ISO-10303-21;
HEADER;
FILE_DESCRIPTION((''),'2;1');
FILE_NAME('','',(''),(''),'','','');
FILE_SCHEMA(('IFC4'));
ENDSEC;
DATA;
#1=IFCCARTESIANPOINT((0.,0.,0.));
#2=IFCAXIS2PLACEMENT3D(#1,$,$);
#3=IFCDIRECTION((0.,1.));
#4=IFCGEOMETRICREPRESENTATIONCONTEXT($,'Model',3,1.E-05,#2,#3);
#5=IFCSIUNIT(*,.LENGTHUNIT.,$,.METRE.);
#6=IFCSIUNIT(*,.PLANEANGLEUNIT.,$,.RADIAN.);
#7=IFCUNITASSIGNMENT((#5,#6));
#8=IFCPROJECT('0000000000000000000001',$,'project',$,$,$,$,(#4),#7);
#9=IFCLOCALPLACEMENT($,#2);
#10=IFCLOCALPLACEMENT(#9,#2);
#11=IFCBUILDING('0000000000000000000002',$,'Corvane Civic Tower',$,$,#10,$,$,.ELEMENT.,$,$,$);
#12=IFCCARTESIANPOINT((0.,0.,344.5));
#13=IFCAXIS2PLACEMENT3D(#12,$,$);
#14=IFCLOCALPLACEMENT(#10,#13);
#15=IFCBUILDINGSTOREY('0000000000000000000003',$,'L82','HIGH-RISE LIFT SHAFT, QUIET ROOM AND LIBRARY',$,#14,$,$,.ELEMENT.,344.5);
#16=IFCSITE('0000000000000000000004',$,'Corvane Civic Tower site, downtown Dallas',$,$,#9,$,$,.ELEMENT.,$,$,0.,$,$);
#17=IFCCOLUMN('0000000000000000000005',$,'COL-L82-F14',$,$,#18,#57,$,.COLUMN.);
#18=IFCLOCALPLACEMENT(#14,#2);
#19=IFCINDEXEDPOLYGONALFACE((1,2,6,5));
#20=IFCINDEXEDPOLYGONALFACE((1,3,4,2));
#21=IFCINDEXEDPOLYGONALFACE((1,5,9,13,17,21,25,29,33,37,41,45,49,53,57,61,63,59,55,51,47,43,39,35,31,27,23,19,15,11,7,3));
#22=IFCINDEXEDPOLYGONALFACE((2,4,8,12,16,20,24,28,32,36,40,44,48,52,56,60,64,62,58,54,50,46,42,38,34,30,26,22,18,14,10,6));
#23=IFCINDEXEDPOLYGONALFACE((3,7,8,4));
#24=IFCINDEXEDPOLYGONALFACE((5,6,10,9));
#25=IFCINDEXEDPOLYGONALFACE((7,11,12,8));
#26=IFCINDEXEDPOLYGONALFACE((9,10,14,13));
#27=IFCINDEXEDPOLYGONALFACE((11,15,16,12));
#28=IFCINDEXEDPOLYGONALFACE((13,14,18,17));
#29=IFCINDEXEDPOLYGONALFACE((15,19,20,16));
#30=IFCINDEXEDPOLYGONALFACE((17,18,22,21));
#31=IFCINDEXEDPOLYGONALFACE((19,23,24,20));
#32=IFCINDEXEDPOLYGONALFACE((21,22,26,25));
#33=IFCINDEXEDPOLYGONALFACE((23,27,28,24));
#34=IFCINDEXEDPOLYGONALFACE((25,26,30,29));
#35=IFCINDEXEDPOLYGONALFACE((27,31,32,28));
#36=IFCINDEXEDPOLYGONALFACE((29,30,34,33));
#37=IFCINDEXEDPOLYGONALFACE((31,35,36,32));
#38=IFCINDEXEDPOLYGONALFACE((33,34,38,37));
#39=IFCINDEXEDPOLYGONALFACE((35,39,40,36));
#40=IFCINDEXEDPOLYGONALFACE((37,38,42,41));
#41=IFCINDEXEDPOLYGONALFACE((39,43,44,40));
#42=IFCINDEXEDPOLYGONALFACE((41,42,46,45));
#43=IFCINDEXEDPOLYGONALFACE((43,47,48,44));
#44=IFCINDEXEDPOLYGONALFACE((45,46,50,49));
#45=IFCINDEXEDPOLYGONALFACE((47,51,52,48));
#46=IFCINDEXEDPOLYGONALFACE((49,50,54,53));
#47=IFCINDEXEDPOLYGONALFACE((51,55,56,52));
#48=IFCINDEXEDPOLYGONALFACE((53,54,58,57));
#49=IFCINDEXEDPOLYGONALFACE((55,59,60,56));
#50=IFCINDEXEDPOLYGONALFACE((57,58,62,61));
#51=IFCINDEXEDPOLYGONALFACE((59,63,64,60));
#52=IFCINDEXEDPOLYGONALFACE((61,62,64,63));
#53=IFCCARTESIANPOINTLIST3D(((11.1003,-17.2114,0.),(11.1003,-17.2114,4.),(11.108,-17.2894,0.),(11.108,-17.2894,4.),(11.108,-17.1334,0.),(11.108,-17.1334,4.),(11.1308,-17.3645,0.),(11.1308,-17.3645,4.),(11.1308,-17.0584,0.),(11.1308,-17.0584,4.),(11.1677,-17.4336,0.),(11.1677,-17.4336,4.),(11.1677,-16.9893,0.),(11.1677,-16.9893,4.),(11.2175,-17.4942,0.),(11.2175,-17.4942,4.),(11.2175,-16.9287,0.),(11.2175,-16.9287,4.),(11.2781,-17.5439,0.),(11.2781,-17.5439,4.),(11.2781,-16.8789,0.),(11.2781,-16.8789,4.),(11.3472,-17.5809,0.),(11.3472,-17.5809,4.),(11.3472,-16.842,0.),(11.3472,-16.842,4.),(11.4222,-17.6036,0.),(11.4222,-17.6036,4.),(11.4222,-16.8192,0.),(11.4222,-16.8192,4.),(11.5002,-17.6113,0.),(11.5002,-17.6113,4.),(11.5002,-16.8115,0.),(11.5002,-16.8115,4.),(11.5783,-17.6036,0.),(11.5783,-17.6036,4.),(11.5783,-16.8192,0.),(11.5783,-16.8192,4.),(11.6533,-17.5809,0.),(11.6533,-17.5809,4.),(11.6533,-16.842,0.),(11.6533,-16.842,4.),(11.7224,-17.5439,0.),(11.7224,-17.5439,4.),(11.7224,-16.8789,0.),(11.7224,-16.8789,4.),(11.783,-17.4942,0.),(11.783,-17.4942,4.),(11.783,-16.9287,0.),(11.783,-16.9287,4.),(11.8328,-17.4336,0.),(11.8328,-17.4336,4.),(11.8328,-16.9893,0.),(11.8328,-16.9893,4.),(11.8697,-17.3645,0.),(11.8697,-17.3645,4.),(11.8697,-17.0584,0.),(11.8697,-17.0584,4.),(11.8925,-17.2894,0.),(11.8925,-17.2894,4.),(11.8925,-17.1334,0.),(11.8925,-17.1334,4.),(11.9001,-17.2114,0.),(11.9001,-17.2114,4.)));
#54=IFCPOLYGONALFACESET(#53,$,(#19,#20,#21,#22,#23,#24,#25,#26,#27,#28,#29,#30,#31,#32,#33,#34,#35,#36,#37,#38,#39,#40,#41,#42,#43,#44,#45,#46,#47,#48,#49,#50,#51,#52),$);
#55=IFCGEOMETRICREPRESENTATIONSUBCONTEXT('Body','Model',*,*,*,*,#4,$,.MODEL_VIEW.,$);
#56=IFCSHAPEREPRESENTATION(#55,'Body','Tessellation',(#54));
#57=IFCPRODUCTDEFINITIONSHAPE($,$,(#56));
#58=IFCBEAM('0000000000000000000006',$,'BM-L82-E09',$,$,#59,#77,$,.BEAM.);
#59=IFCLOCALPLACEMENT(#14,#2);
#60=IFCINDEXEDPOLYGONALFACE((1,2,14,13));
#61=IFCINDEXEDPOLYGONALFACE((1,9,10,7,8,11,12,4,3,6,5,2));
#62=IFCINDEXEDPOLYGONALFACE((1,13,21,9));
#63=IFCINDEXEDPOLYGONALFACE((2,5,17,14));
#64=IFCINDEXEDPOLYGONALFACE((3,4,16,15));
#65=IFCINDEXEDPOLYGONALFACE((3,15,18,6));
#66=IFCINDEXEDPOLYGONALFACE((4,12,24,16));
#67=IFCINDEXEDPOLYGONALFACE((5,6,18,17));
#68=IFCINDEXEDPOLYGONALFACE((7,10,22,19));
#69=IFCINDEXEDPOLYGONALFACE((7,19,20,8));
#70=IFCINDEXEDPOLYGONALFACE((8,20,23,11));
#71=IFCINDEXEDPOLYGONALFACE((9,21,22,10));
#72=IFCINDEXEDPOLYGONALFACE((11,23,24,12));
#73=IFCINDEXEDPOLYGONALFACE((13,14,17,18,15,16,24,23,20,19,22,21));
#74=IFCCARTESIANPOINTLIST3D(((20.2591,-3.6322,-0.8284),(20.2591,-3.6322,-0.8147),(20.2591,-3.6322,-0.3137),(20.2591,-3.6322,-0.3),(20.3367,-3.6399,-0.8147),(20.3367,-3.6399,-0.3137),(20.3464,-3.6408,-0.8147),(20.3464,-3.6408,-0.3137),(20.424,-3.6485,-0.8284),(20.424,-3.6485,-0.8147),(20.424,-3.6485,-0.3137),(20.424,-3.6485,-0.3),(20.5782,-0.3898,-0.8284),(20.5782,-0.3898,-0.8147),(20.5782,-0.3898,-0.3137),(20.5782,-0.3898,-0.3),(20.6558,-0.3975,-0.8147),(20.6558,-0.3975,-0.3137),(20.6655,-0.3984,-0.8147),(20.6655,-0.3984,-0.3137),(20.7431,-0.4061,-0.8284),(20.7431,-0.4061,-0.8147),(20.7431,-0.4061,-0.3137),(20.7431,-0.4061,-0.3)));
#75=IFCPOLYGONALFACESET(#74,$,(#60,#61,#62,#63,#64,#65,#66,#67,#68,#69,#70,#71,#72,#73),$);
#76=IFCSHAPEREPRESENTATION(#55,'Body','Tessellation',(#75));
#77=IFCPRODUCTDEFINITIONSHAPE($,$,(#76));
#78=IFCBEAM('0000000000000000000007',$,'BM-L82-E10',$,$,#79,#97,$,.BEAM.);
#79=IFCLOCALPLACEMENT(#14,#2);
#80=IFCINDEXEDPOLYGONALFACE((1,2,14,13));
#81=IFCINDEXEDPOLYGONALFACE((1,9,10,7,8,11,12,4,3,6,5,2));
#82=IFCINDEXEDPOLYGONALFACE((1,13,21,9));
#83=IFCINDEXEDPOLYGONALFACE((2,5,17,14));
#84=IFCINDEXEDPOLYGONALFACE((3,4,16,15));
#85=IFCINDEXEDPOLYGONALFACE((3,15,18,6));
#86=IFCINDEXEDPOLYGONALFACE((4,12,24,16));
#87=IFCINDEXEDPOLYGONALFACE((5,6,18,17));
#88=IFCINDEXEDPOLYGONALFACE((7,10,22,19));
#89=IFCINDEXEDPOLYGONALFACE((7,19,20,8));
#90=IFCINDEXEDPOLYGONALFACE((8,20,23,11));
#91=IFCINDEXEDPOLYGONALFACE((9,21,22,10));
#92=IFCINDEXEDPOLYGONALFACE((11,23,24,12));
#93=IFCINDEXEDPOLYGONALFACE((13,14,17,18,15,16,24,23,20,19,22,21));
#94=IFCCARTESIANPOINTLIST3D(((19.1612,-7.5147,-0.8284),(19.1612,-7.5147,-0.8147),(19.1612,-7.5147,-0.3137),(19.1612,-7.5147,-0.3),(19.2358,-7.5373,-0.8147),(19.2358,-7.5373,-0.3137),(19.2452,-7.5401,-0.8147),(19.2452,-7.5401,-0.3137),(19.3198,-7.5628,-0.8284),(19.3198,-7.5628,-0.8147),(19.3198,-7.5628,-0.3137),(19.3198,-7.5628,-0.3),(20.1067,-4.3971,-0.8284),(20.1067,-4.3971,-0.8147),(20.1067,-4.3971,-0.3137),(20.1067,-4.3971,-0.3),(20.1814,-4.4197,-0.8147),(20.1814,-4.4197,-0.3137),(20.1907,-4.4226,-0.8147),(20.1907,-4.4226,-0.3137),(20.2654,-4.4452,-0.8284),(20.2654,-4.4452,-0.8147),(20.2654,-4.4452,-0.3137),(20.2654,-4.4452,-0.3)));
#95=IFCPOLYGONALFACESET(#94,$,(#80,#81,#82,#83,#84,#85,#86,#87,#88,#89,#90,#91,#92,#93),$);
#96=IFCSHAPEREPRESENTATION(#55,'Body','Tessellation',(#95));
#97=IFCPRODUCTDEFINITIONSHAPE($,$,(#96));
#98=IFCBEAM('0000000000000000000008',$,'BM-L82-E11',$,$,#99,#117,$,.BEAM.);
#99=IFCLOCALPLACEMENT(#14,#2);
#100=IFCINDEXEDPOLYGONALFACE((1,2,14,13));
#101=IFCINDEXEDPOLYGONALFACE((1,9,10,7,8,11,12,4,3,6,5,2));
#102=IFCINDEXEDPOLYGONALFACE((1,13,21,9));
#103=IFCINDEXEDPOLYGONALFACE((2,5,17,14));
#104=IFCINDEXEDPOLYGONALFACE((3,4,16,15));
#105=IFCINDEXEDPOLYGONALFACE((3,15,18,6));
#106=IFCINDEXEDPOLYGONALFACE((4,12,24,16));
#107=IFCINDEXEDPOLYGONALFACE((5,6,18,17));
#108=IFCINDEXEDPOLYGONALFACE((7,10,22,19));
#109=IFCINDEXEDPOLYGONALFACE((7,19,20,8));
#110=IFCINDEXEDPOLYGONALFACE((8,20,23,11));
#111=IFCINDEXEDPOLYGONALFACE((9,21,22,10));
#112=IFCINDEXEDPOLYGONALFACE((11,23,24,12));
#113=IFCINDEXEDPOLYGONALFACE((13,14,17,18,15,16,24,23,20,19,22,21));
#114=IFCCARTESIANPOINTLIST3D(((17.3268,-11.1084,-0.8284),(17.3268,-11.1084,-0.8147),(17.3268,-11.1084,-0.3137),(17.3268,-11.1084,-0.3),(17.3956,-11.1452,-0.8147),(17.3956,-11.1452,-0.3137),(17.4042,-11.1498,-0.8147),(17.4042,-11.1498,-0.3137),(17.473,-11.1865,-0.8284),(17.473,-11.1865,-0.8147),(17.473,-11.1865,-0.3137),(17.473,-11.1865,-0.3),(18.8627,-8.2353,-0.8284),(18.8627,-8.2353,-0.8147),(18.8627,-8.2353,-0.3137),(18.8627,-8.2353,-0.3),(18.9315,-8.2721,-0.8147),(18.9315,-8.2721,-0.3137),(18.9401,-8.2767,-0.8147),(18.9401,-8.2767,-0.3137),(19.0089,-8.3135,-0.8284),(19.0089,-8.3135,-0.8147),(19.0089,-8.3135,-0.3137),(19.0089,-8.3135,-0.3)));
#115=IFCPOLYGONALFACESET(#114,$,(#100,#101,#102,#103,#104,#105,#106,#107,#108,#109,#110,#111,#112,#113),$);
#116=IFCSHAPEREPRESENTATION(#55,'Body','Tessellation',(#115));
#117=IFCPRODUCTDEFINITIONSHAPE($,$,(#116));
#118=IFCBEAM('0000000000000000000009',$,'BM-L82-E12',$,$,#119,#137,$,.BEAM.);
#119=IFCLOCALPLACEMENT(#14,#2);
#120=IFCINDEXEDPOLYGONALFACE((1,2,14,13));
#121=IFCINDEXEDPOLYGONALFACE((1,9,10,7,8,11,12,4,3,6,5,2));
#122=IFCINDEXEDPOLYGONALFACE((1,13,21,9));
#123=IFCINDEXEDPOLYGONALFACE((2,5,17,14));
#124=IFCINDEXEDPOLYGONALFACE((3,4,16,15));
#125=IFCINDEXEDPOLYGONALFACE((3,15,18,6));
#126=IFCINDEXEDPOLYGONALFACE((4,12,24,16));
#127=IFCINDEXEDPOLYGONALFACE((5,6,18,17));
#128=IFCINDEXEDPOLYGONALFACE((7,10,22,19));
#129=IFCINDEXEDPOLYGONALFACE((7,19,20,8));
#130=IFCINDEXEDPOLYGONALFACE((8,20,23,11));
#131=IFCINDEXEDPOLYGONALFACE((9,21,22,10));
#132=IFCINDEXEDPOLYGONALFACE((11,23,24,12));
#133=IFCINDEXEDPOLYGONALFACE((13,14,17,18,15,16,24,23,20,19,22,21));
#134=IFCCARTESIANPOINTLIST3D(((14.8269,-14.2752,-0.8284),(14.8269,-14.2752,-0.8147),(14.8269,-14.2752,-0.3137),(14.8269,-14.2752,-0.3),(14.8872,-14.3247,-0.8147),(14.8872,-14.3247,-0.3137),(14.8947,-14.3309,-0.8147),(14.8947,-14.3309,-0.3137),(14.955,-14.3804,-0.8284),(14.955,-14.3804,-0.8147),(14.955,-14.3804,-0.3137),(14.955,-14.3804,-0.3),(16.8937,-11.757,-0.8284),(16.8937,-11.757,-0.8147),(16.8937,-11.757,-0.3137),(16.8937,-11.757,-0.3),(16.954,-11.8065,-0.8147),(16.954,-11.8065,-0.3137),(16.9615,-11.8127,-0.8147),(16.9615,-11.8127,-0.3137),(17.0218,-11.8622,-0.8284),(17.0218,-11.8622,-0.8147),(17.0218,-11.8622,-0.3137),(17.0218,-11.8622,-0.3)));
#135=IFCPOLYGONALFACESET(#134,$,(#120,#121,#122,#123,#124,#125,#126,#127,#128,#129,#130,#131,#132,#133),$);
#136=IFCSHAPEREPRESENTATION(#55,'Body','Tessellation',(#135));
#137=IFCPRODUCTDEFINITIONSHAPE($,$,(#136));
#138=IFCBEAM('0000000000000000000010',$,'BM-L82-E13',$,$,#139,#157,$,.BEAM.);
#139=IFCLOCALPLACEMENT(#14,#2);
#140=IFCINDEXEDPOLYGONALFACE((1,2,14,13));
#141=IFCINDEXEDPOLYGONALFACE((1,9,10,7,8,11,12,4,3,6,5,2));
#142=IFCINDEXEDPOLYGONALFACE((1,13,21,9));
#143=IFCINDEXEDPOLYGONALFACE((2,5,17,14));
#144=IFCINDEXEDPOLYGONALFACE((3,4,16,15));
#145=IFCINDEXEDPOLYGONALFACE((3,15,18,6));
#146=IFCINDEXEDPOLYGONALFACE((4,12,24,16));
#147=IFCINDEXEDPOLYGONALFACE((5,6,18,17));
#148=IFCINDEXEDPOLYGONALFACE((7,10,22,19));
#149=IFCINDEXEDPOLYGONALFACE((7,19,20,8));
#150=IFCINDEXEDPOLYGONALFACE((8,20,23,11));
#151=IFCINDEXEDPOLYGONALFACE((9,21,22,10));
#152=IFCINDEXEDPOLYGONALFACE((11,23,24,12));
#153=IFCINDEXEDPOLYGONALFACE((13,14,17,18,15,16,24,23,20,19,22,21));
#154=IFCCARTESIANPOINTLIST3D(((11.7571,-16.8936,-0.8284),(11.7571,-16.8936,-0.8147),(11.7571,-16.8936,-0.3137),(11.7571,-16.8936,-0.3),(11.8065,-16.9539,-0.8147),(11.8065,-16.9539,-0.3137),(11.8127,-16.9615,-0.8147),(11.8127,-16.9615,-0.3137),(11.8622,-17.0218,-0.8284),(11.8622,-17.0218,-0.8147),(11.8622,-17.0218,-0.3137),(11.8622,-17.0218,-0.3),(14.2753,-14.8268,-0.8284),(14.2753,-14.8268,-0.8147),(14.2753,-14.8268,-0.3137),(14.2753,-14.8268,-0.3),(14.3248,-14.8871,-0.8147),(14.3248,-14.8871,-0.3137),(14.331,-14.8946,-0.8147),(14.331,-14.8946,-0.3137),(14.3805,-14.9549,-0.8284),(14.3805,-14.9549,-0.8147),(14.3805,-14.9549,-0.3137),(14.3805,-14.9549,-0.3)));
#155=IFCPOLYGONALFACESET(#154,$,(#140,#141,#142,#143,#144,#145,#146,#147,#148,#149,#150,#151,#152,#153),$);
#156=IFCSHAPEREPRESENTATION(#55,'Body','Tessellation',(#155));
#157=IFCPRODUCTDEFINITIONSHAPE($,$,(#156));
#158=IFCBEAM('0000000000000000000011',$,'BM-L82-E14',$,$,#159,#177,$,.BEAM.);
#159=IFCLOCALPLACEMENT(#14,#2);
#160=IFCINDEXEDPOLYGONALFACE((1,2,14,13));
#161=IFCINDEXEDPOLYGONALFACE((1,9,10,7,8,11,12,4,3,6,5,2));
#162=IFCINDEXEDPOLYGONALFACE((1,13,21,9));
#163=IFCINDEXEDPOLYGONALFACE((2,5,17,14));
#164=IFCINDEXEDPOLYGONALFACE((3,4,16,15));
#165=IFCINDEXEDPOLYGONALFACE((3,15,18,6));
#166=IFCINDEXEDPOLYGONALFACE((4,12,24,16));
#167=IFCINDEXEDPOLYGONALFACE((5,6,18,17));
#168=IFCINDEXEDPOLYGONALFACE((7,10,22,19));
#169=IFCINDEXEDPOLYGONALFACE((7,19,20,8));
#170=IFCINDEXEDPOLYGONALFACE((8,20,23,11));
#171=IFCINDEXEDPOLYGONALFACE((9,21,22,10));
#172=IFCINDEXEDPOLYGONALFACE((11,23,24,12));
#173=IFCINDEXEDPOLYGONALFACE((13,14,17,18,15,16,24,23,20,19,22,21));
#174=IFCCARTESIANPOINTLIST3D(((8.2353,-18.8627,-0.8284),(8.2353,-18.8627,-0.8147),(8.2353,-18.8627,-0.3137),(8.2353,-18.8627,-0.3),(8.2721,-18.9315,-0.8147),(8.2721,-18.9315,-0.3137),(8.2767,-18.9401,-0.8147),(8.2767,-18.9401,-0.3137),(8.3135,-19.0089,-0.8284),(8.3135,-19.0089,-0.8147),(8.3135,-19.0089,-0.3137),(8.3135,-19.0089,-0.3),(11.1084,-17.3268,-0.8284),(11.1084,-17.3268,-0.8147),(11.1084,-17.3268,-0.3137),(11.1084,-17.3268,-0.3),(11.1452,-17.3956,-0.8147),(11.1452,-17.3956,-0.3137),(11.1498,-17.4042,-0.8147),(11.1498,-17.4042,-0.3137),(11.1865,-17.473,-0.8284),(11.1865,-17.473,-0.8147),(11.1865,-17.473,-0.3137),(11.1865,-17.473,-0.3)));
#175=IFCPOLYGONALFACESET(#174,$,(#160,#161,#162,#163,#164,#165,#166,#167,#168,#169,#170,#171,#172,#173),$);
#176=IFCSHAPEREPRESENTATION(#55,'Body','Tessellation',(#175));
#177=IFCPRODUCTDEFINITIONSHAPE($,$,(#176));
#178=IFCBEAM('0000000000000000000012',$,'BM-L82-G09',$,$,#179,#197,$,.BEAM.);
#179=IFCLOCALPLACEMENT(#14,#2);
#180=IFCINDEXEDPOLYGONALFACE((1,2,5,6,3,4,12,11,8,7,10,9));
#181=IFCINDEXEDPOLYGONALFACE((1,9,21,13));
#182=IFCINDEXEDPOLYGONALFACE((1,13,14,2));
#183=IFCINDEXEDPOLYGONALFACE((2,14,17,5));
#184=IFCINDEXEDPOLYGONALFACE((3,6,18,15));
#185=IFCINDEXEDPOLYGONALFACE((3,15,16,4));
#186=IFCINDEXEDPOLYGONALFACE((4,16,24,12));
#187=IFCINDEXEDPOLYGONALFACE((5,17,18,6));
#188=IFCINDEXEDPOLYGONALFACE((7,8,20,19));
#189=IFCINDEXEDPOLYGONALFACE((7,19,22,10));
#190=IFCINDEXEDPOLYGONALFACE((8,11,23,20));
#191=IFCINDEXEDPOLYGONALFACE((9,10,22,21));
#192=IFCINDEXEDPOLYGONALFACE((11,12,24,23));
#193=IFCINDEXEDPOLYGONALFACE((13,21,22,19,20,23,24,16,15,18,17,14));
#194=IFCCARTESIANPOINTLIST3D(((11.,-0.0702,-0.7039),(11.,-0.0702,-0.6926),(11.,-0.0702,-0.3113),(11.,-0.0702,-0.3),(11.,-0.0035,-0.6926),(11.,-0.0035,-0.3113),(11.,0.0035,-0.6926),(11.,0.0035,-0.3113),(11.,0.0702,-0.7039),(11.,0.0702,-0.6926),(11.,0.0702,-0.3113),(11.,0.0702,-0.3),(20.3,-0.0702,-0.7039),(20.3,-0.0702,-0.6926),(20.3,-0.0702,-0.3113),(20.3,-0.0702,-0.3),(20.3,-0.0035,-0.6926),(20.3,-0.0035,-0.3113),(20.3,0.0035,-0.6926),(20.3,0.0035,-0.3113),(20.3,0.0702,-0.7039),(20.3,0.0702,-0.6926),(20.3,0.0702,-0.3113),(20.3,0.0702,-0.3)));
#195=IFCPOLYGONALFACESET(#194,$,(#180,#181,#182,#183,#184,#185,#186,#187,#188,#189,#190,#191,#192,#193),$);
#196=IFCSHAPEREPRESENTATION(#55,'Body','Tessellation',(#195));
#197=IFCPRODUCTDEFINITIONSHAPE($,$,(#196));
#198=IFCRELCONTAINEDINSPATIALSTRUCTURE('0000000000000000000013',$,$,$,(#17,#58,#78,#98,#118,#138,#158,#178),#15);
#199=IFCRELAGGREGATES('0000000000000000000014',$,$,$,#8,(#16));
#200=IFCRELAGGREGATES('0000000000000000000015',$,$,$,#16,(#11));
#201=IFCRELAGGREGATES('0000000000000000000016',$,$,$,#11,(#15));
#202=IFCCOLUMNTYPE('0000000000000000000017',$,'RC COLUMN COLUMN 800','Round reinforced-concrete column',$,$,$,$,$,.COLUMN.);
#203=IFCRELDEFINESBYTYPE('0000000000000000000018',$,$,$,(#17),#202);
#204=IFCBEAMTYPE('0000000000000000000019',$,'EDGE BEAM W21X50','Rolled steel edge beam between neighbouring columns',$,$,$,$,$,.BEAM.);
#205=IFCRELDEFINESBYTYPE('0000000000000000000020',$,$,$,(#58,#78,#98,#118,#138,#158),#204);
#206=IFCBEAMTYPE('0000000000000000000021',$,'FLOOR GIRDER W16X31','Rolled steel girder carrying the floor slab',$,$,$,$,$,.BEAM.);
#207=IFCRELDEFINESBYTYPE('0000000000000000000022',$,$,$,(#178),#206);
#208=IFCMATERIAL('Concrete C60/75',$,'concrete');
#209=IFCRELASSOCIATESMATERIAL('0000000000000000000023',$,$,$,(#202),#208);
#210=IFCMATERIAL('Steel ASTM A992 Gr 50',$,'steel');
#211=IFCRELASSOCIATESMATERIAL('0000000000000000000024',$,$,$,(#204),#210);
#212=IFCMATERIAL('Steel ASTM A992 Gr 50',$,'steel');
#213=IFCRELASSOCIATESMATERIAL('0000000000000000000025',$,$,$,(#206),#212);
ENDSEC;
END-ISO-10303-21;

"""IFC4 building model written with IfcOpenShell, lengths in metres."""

from ifc_helpers import new_model, si_unit, direction, frame, origin, origin_2d, place, context, subcontext, project, spatial, circle, i_section, extrude, material, material_profile, profile_set, type_object, element, save


model = new_model("IFC4")

# Units and contexts
model_context = context("Model", 3, precision=1e-05, world=origin(), true_north=direction((0.0, 1.0)))
body_context = subcontext(model_context, "Body", "Model", "MODEL_VIEW")
ifc_project = project(units=[si_unit("LENGTHUNIT", "METRE"), si_unit("PLANEANGLEUNIT", "RADIAN")], contexts=[model_context])

# Site, building, storey
site_placement = place(None, origin())
site = spatial("IfcSite", under=ifc_project, at=site_placement, Name="Corvane Civic Tower site, downtown Dallas", CompositionType="ELEMENT", RefElevation=0.0)
building_placement = place(site_placement, origin())
building = spatial("IfcBuilding", under=site, at=building_placement, Name="Corvane Civic Tower", CompositionType="ELEMENT")
storey_placement = place(building_placement, frame((0.0, 0.0, 344.5)))
storey = spatial("IfcBuildingStorey", under=building, at=storey_placement, Name="L82", Description="HIGH-RISE LIFT SHAFT, QUIET ROOM AND LIBRARY", CompositionType="ELEMENT", Elevation=344.5)

# Column
ifc_material_1 = material(Name="Concrete C60/75", Category="concrete")
ifc_material_profile_1 = material_profile(ifc_material_1, circle(Radius=0.3999, at=origin_2d()), Name="COLUMN 800")
ifc_profile_set_1 = profile_set([ifc_material_profile_1], Name="Concrete C60/75")
column_type = type_object("IfcColumnType", Name="RC COLUMN COLUMN 800", Description="Round reinforced-concrete column", PredefinedType="COLUMN", material=ifc_profile_set_1)
for number, where, z_axis, x_axis, name in (
    (1, (11.5002, -17.2114, 0.0), (0.0, 0.0, 1.0), (1.0, 0.0, 0.0), "COL-L82-F14"),
):
    element("IfcColumn", number, at=place(storey_placement, frame(where, z_axis=z_axis, x_axis=x_axis)), inside=storey, type_object=column_type, Name=name, PredefinedType="COLUMN", context=body_context, shape_type="SweptSolid", body=[
        extrude(circle(Radius=0.3999, at=origin_2d()), origin(), (0.0, 0.0, 1.0), 4.0),
    ])

# Beams
ifc_material_2 = material(Name="Steel ASTM A992 Gr 50", Category="steel")
ifc_material_profile_2 = material_profile(ifc_material_2, i_section(OverallWidth=0.1658, OverallDepth=0.5283, WebThickness=0.0098, FlangeThickness=0.0137, at=origin_2d()), Name="W21X50")
ifc_profile_set_2 = profile_set([ifc_material_profile_2], Name="Steel ASTM A992 Gr 50")
beam_type_1 = type_object("IfcBeamType", Name="EDGE BEAM W21X50", Description="Rolled steel edge beam between neighbouring columns", PredefinedType="BEAM", material=ifc_profile_set_2)
beam_1_placement = place(storey_placement, frame((20.6606, -0.3979, -0.5642), z_axis=(-0.097938, -0.995193, 0.0), x_axis=(0.995193, -0.097938, 0.0)))
element("IfcBeam", 2, at=beam_1_placement, inside=storey, type_object=beam_type_1, Name="BM-L82-E09", PredefinedType="BEAM", context=body_context, shape_type="SweptSolid", body=[
    extrude(i_section(OverallWidth=0.1658, OverallDepth=0.5283, WebThickness=0.0098, FlangeThickness=0.0137, at=origin_2d()), origin(), (0.0, 0.0, 1.0), 3.2581),
])
for number, where, z_axis, x_axis, name in (
    (3, (20.186, -4.4211, -0.5642), (-0.290234, -0.956956, 0.0), (0.956956, -0.290234, 0.0), "BM-L82-E10"),
    (4, (18.9358, -8.2744, -0.5642), (-0.471448, -0.881894, 0.0), (0.881894, -0.471448, 0.0), "BM-L82-E11"),
    (5, (16.9578, -11.8096, -0.5642), (-0.634425, -0.772985, 0.0), (0.772985, -0.634425, 0.0), "BM-L82-E12"),
    (6, (14.3279, -14.8909, -0.5642), (-0.772985, -0.634425, 0.0), (0.634425, -0.772985, 0.0), "BM-L82-E13"),
    (7, (11.1475, -17.3999, -0.5642), (-0.881894, -0.471448, 0.0), (0.471448, -0.881894, 0.0), "BM-L82-E14"),
):
    element("IfcBeam", number, at=place(storey_placement, frame(where, z_axis=z_axis, x_axis=x_axis)), inside=storey, type_object=beam_type_1, Name=name, PredefinedType="BEAM", context=body_context, shape_type="SweptSolid", body=[
        extrude(i_section(OverallWidth=0.1658, OverallDepth=0.5283, WebThickness=0.0098, FlangeThickness=0.0137, at=origin_2d()), origin(), (0.0, 0.0, 1.0), 3.2578),
    ])
ifc_material_3 = material(Name="Steel ASTM A992 Gr 50", Category="steel")
ifc_material_profile_3 = material_profile(ifc_material_3, i_section(OverallWidth=0.1404, OverallDepth=0.4038, WebThickness=0.0071, FlangeThickness=0.0112, at=origin_2d()), Name="W16X31")
ifc_profile_set_3 = profile_set([ifc_material_profile_3], Name="Steel ASTM A992 Gr 50")
beam_type_2 = type_object("IfcBeamType", Name="FLOOR GIRDER W16X31", Description="Rolled steel girder carrying the floor slab", PredefinedType="BEAM", material=ifc_profile_set_3)
beam_2_placement = place(storey_placement, frame((11.0, 0.0, -0.502), z_axis=(1.0, 0.0, 0.0), x_axis=(0.0, 1.0, 0.0)))
element("IfcBeam", 8, at=beam_2_placement, inside=storey, type_object=beam_type_2, Name="BM-L82-G09", PredefinedType="BEAM", context=body_context, shape_type="SweptSolid", body=[
    extrude(i_section(OverallWidth=0.1404, OverallDepth=0.4038, WebThickness=0.0071, FlangeThickness=0.0112, at=origin_2d()), origin(), (0.0, 0.0, 1.0), 9.3),
])

save(model, "model.ifc")
